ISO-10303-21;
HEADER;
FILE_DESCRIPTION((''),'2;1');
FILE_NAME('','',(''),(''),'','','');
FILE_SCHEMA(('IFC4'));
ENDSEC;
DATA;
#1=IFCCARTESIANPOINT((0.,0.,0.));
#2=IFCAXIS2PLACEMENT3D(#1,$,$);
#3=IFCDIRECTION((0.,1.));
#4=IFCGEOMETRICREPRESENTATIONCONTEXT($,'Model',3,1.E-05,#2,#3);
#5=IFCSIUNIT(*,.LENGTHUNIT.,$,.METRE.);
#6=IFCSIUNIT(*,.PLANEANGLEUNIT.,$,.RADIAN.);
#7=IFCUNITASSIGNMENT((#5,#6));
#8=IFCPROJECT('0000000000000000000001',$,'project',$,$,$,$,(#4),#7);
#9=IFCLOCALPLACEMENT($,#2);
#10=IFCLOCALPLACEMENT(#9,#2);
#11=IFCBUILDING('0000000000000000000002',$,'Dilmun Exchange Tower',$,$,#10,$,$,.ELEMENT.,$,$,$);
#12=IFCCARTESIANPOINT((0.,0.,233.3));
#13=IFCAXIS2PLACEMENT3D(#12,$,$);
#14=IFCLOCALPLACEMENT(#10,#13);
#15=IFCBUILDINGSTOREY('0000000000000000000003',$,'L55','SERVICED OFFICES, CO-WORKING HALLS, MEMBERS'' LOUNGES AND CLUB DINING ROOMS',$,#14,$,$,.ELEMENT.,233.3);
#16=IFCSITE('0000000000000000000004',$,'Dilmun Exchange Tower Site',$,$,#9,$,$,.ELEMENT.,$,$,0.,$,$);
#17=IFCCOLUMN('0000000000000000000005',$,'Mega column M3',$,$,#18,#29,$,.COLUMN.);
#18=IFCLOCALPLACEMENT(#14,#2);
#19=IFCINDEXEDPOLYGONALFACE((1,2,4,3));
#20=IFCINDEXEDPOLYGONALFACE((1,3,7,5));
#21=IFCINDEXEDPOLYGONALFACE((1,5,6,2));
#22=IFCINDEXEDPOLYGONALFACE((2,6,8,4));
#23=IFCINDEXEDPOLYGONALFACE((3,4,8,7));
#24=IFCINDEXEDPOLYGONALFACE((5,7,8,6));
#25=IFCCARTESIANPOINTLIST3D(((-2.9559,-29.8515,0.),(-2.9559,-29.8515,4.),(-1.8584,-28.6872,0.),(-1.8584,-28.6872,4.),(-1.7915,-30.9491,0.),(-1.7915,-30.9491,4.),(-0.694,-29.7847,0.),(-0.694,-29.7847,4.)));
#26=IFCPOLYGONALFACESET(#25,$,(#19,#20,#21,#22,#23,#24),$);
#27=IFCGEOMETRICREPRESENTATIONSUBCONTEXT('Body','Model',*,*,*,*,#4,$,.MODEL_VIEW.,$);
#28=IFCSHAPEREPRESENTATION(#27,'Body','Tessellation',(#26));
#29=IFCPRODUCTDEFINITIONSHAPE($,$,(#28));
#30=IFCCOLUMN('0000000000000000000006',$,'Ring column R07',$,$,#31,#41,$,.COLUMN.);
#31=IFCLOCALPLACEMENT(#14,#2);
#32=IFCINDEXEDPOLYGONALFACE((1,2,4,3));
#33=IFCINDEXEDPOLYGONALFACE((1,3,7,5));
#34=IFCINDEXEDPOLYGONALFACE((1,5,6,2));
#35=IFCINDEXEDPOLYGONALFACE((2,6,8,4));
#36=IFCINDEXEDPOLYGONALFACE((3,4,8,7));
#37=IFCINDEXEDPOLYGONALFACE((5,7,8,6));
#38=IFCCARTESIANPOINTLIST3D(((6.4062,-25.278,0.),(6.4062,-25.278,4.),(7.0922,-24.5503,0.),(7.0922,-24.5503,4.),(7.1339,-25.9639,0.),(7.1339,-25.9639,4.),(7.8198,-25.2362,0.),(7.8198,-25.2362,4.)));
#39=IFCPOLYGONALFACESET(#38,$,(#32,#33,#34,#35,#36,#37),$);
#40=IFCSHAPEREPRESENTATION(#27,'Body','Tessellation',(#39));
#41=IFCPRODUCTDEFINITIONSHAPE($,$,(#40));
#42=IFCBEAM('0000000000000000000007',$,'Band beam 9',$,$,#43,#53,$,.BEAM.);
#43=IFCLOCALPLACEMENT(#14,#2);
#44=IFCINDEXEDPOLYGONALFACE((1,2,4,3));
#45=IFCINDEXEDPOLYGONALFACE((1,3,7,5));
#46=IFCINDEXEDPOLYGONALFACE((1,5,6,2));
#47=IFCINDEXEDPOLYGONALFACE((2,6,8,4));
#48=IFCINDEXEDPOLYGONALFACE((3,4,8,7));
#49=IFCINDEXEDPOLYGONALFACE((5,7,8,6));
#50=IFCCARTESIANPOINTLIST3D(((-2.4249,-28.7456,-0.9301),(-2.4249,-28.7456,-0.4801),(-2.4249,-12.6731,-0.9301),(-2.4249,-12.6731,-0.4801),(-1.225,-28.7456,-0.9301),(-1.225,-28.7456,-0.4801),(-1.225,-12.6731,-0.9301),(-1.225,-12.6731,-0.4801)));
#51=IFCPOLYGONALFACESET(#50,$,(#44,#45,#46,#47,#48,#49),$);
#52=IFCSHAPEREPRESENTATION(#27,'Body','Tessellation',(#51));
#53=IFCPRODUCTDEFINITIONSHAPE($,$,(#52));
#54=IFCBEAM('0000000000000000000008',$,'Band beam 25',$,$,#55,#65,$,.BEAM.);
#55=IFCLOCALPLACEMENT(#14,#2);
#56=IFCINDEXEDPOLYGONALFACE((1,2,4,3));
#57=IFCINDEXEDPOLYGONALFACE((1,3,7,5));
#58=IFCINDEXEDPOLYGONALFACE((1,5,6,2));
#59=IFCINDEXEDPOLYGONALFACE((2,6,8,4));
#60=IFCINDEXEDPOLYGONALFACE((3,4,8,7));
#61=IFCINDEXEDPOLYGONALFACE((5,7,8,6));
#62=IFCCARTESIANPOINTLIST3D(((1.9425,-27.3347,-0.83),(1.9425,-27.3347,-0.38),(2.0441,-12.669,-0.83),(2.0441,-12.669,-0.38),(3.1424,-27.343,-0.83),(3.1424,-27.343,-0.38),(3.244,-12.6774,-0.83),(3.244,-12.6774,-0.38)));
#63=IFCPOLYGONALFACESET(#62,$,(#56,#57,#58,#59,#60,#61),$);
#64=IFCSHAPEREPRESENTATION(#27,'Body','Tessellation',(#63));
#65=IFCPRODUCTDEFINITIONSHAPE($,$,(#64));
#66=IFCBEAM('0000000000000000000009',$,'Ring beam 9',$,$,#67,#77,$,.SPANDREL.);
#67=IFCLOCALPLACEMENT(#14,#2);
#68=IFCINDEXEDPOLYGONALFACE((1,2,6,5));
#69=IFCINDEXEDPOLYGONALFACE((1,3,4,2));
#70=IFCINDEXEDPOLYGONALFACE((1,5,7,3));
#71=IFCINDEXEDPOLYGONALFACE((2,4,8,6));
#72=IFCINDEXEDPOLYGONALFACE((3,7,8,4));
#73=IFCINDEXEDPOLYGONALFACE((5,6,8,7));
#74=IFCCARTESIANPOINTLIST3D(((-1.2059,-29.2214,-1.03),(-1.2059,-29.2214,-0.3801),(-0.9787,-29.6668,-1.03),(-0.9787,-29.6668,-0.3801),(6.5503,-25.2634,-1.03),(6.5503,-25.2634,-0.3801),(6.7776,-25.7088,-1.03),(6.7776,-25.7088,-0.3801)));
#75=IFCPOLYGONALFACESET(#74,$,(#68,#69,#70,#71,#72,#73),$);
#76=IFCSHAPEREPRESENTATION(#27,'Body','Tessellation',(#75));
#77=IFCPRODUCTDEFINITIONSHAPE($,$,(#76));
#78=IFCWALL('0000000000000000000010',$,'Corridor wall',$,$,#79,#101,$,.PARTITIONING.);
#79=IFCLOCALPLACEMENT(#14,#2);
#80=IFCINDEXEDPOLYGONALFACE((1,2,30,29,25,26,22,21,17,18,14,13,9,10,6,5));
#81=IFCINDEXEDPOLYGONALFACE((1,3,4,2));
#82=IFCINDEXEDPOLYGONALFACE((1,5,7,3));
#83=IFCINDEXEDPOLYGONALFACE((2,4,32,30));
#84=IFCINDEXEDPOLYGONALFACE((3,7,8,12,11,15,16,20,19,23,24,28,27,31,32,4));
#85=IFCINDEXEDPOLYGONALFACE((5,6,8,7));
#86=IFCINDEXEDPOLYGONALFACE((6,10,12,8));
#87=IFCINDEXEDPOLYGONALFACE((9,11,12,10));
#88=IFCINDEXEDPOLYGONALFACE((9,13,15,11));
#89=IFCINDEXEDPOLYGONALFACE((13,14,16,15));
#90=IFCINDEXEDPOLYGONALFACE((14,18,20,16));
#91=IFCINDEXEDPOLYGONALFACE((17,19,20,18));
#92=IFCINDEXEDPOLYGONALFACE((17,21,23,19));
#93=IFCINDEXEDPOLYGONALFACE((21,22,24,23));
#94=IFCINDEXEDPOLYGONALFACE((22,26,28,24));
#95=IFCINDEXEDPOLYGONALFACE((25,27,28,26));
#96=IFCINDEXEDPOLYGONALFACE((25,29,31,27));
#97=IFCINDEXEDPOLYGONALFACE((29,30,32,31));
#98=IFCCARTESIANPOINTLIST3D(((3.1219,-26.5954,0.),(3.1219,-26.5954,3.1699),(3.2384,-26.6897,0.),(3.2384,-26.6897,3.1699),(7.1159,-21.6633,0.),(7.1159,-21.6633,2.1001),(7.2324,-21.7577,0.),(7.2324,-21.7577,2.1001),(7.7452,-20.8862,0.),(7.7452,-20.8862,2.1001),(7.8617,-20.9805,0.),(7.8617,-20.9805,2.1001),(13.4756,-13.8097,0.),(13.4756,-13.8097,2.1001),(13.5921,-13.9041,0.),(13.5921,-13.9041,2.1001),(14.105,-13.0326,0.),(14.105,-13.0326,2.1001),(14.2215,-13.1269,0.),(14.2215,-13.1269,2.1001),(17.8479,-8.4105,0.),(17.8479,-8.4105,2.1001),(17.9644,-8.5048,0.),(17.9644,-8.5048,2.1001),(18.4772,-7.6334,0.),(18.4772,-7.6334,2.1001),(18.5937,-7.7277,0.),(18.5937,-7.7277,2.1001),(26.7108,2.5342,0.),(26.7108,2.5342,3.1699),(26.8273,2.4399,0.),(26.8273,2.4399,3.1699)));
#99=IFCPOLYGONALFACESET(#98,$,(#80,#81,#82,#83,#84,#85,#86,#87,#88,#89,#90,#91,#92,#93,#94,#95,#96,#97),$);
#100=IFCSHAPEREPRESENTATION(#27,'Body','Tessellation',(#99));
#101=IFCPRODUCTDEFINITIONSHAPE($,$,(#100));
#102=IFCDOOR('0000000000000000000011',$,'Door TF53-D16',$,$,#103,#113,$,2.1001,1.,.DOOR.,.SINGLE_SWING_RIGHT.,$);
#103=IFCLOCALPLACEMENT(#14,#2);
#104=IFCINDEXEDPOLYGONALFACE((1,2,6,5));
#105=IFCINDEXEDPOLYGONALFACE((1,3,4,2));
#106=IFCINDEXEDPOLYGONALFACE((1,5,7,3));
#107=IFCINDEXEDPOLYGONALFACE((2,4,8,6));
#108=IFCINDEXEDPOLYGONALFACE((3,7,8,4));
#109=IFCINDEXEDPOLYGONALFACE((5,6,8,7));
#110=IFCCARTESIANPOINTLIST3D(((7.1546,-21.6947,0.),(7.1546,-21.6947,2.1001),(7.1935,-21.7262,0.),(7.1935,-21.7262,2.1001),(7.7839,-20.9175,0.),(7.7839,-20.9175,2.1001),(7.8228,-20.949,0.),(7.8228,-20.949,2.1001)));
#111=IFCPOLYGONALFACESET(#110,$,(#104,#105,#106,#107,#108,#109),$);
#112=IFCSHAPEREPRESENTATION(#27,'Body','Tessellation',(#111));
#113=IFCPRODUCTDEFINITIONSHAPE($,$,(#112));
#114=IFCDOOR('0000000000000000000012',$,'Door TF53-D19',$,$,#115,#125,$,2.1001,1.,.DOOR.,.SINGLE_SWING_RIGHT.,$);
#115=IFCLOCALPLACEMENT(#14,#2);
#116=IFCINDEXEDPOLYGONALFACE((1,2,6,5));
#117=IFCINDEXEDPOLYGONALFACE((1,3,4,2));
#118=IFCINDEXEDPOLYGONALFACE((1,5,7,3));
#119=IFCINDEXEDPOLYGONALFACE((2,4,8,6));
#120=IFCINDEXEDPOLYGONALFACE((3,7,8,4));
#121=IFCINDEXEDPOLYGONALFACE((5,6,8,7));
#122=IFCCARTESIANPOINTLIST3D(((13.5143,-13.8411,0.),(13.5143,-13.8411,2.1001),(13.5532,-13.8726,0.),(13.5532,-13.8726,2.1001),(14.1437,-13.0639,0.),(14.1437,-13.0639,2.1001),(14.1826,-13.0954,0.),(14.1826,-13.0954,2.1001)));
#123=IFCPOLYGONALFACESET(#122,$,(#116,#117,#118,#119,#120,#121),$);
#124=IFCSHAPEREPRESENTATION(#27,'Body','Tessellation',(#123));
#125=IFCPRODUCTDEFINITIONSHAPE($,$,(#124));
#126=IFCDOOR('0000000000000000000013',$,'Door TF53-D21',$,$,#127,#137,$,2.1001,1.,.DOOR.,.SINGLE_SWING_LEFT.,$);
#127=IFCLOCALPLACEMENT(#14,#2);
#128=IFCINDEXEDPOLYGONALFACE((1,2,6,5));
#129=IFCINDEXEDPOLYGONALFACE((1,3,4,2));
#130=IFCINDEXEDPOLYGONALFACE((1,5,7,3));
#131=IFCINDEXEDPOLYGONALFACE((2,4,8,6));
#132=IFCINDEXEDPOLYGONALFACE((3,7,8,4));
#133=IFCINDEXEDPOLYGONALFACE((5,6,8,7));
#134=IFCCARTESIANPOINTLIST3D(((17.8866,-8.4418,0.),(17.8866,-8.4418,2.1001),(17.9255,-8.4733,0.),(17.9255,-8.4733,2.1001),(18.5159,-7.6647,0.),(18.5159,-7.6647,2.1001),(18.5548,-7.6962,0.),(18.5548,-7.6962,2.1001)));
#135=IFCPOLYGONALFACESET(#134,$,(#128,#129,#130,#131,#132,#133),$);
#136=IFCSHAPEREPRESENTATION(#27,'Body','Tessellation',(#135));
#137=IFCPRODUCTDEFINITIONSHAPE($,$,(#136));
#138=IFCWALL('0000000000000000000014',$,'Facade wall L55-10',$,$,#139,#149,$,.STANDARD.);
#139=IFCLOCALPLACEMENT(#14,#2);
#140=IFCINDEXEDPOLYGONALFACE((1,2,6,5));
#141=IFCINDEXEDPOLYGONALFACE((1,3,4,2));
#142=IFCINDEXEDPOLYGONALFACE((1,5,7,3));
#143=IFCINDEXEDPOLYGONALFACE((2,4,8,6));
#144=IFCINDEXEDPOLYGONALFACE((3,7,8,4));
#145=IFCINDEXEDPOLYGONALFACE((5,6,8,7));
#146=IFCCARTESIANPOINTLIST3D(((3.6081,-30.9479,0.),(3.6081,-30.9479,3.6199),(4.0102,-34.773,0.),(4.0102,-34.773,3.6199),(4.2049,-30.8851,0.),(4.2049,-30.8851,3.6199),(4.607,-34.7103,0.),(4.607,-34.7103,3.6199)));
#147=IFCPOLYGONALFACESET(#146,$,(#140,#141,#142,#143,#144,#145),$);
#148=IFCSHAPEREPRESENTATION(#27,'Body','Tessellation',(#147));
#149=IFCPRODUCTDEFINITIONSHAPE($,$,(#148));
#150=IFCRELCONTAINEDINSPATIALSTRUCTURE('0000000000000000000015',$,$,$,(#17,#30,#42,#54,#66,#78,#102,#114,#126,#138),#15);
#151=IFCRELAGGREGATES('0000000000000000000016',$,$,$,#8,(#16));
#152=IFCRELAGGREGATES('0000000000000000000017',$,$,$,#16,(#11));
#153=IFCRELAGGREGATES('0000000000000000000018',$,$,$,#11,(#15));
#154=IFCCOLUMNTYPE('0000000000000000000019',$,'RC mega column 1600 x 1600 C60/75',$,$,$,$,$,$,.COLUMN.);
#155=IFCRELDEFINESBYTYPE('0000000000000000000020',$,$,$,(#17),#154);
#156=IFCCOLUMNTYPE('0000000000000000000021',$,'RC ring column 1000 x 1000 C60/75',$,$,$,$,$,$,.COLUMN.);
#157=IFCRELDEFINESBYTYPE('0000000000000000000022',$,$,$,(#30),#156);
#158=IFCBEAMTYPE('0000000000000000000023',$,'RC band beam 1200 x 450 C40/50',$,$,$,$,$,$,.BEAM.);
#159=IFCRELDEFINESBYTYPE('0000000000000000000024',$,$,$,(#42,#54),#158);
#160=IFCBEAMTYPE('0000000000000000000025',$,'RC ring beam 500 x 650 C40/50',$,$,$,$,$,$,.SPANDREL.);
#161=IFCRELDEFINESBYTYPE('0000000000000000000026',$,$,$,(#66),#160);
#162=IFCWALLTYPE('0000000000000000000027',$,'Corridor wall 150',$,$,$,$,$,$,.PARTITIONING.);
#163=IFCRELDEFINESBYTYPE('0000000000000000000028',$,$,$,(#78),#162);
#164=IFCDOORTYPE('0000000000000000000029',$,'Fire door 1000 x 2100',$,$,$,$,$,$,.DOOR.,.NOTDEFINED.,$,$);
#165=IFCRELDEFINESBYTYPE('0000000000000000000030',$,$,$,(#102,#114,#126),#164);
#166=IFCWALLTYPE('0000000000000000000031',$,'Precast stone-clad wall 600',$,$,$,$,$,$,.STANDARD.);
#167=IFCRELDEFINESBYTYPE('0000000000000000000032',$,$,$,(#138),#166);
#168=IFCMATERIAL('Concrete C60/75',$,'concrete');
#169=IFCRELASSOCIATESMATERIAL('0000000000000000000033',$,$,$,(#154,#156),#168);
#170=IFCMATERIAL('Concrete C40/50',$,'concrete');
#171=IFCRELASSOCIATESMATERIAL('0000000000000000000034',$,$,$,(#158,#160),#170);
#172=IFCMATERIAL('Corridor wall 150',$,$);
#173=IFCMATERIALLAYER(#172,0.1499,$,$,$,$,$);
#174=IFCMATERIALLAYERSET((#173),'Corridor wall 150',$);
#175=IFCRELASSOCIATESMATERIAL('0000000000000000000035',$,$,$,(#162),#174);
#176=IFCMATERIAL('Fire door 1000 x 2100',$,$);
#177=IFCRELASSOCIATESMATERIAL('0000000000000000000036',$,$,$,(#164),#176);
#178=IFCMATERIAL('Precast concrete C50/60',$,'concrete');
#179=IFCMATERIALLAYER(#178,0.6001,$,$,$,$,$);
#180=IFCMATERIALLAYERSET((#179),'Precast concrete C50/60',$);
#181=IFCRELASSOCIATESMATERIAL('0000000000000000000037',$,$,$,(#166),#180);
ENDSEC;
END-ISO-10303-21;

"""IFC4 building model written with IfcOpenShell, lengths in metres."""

from ifc_helpers import new_model, si_unit, direction, frame, frame_2d, origin, origin_2d, place, context, subcontext, project, spatial, rectangle, extrude, material, layer, layer_set, material_profile, profile_set, type_object, element, fill, save


model = new_model("IFC4")

# Units and contexts
model_context = context("Model", 3, precision=1e-05, world=origin(), true_north=direction((0.0, 1.0)))
body_context = subcontext(model_context, "Body", "Model", "MODEL_VIEW")
ifc_project = project(units=[si_unit("LENGTHUNIT", "METRE"), si_unit("PLANEANGLEUNIT", "RADIAN")], contexts=[model_context])

# Site, building, storey
site_placement = place(None, origin())
site = spatial("IfcSite", under=ifc_project, at=site_placement, Name="Dilmun Exchange Tower Site", CompositionType="ELEMENT", RefElevation=0.0)
building_placement = place(site_placement, origin())
building = spatial("IfcBuilding", under=site, at=building_placement, Name="Dilmun Exchange Tower", CompositionType="ELEMENT")
storey_placement = place(building_placement, frame((0.0, 0.0, 233.3)))
storey = spatial("IfcBuildingStorey", under=building, at=storey_placement, Name="L55", Description="SERVICED OFFICES, CO-WORKING HALLS, MEMBERS' LOUNGES AND CLUB DINING ROOMS", CompositionType="ELEMENT", Elevation=233.3)

# Columns
ifc_material_1 = material(Name="Concrete C60/75", Category="concrete")
ifc_material_profile_1 = material_profile(ifc_material_1, rectangle(XDim=1.6001, YDim=1.6001, at=origin_2d()), Name="1600 x 1600")
ifc_profile_set_1 = profile_set([ifc_material_profile_1], Name="Concrete C60/75")
column_type_1 = type_object("IfcColumnType", Name="RC mega column 1600 x 1600 C60/75", PredefinedType="COLUMN", material=ifc_profile_set_1)
column_1_placement = place(storey_placement, frame((-1.825, -29.8181, 0.0), z_axis=(0.0, 0.0, 1.0), x_axis=(0.685916, 0.727681, 0.0)))
element("IfcColumn", 1, at=column_1_placement, inside=storey, type_object=column_type_1, Name="Mega column M3", PredefinedType="COLUMN", context=body_context, shape_type="SweptSolid", body=[
    extrude(rectangle(XDim=1.6001, YDim=1.6001, at=origin_2d()), origin(), (0.0, 0.0, 1.0), 4.0),
])
ifc_material_profile_2 = material_profile(ifc_material_1, rectangle(XDim=1.0, YDim=1.0, at=origin_2d()), Name="1000 x 1000")
ifc_profile_set_2 = profile_set([ifc_material_profile_2], Name="Concrete C60/75")
column_type_2 = type_object("IfcColumnType", Name="RC ring column 1000 x 1000 C60/75", PredefinedType="COLUMN", material=ifc_profile_set_2)
column_2_placement = place(storey_placement, frame((7.113, -25.2571, 0.0), z_axis=(0.0, 0.0, 1.0), x_axis=(0.685916, 0.727681, 0.0)))
element("IfcColumn", 2, at=column_2_placement, inside=storey, type_object=column_type_2, Name="Ring column R07", PredefinedType="COLUMN", context=body_context, shape_type="SweptSolid", body=[
    extrude(rectangle(XDim=1.0, YDim=1.0, at=origin_2d()), origin(), (0.0, 0.0, 1.0), 4.0),
])

# Beams
ifc_material_2 = material(Name="Concrete C40/50", Category="concrete")
ifc_material_profile_3 = material_profile(ifc_material_2, rectangle(XDim=1.2, YDim=0.45, at=origin_2d()), Name="1200 x 450")
ifc_profile_set_3 = profile_set([ifc_material_profile_3], Name="Concrete C40/50")
beam_type_1 = type_object("IfcBeamType", Name="RC band beam 1200 x 450 C40/50", PredefinedType="BEAM", material=ifc_profile_set_3)
beam_1_placement = place(storey_placement, frame((-1.825, -28.7456, -0.7051), z_axis=(0.0, 1.0, 0.0), x_axis=(-1.0, 0.0, 0.0)))
element("IfcBeam", 3, at=beam_1_placement, inside=storey, type_object=beam_type_1, Name="Band beam 9", PredefinedType="BEAM", context=body_context, shape_type="SweptSolid", body=[
    extrude(rectangle(XDim=1.2, YDim=0.45, at=origin_2d()), origin(), (0.0, 0.0, 1.0), 16.0725),
])
beam_2_placement = place(storey_placement, frame((2.5425, -27.3389, -0.605), z_axis=(0.006925, 0.999976, 0.0), x_axis=(-0.999976, 0.006925, 0.0)))
element("IfcBeam", 4, at=beam_2_placement, inside=storey, type_object=beam_type_1, Name="Band beam 25", PredefinedType="BEAM", context=body_context, shape_type="SweptSolid", body=[
    extrude(rectangle(XDim=1.2, YDim=0.45, at=origin_2d()), origin(), (0.0, 0.0, 1.0), 14.666),
])
ifc_material_profile_4 = material_profile(ifc_material_2, rectangle(XDim=0.5, YDim=0.6499, at=origin_2d()), Name="500 x 650")
ifc_profile_set_4 = profile_set([ifc_material_profile_4], Name="Concrete C40/50")
beam_type_2 = type_object("IfcBeamType", Name="RC ring beam 500 x 650 C40/50", PredefinedType="SPANDREL", material=ifc_profile_set_4)
beam_3_placement = place(storey_placement, frame((-1.0923, -29.4441, -0.7051), z_axis=(0.89073, 0.454533, 0.0), x_axis=(-0.454533, 0.89073, 0.0)))
element("IfcBeam", 5, at=beam_3_placement, inside=storey, type_object=beam_type_2, Name="Ring beam 9", PredefinedType="SPANDREL", context=body_context, shape_type="SweptSolid", body=[
    extrude(rectangle(XDim=0.5, YDim=0.6499, at=origin_2d()), origin(), (0.0, 0.0, 1.0), 8.7078),
])

# Wall, openings, doors
ifc_material_3 = material(Name="Corridor wall 150")
ifc_layer_1 = layer(ifc_material_3, 0.1499)
ifc_layer_set_1 = layer_set([ifc_layer_1], Name="Corridor wall 150")
wall_type_1 = type_object("IfcWallType", Name="Corridor wall 150", PredefinedType="PARTITIONING", material=ifc_layer_set_1)
wall_1_placement = place(storey_placement, frame((3.1802, -26.6426, 0.0), z_axis=(0.0, 0.0, 1.0), x_axis=(0.629323, 0.777144, 0.0)))
wall_1 = element("IfcWall", 6, at=wall_1_placement, inside=storey, type_object=wall_type_1, Name="Corridor wall", PredefinedType="PARTITIONING", context=body_context, shape_type="SweptSolid", body=[
    extrude(rectangle(XDim=37.4829, YDim=0.1499, at=frame_2d((18.7415, 0.0))), origin(), (0.0, 0.0, 1.0), 3.1699),
])
opening_1_placement = place(wall_1_placement, frame((6.3464, 0.0, 0.0)))
opening_1 = element("IfcOpeningElement", 7, at=opening_1_placement, cuts=wall_1, PredefinedType="OPENING", context=body_context, shape_type="SweptSolid", body=[
    extrude(rectangle(XDim=1.0, YDim=2.1001, at=frame_2d((0.5, 1.05))), frame((0.0, 0.085, 0.0), z_axis=(0.0, -1.0, 0.0), x_axis=(1.0, 0.0, 0.0)), (0.0, 0.0, 1.0), 0.1699),
])
opening_2_placement = place(wall_1_placement, frame((16.4521, 0.0, 0.0)))
opening_2 = element("IfcOpeningElement", 8, at=opening_2_placement, cuts=wall_1, PredefinedType="OPENING", context=body_context, shape_type="SweptSolid", body=[
    extrude(rectangle(XDim=1.0, YDim=2.1001, at=frame_2d((0.5, 1.05))), frame((0.0, 0.085, 0.0), z_axis=(0.0, -1.0, 0.0), x_axis=(1.0, 0.0, 0.0)), (0.0, 0.0, 1.0), 0.1699),
])
opening_3_placement = place(wall_1_placement, frame((23.3997, 0.0, 0.0)))
opening_3 = element("IfcOpeningElement", 9, at=opening_3_placement, cuts=wall_1, PredefinedType="OPENING", context=body_context, shape_type="SweptSolid", body=[
    extrude(rectangle(XDim=1.0, YDim=2.1001, at=frame_2d((0.5, 1.05))), frame((0.0, 0.085, 0.0), z_axis=(0.0, -1.0, 0.0), x_axis=(1.0, 0.0, 0.0)), (0.0, 0.0, 1.0), 0.1699),
])
ifc_material_4 = material(Name="Fire door 1000 x 2100")
door_type = type_object("IfcDoorType", Name="Fire door 1000 x 2100", OperationType="NOTDEFINED", PredefinedType="DOOR", material=ifc_material_4)
door_1_placement = place(opening_1_placement, frame((1.0, 0.0, 0.0), z_axis=(0.0, 0.0, 1.0), x_axis=(-1.0, 0.0, 0.0)))
door_1 = element("IfcDoor", 10, at=door_1_placement, inside=storey, type_object=door_type, Name="Door TF53-D16", OperationType="SINGLE_SWING_RIGHT", OverallHeight=2.1001, OverallWidth=1.0, PredefinedType="DOOR", context=body_context, shape_type="SweptSolid", body=[
    extrude(rectangle(XDim=1.0, YDim=2.1001, at=frame_2d((0.5, 1.05))), frame((0.0, 0.0249, 0.0), z_axis=(0.0, -1.0, 0.0), x_axis=(1.0, 0.0, 0.0)), (0.0, 0.0, 1.0), 0.05),
])
fill(opening_1, door_1)
door_2_placement = place(opening_2_placement, frame((1.0, 0.0, 0.0), z_axis=(0.0, 0.0, 1.0), x_axis=(-1.0, 0.0, 0.0)))
door_2 = element("IfcDoor", 11, at=door_2_placement, inside=storey, type_object=door_type, Name="Door TF53-D19", OperationType="SINGLE_SWING_RIGHT", OverallHeight=2.1001, OverallWidth=1.0, PredefinedType="DOOR", context=body_context, shape_type="SweptSolid", body=[
    extrude(rectangle(XDim=1.0, YDim=2.1001, at=frame_2d((0.5, 1.05))), frame((0.0, 0.0249, 0.0), z_axis=(0.0, -1.0, 0.0), x_axis=(1.0, 0.0, 0.0)), (0.0, 0.0, 1.0), 0.05),
])
fill(opening_2, door_2)
door_3_placement = place(opening_3_placement, frame((1.0, 0.0, 0.0), z_axis=(0.0, 0.0, 1.0), x_axis=(-1.0, 0.0, 0.0)))
door_3 = element("IfcDoor", 12, at=door_3_placement, inside=storey, type_object=door_type, Name="Door TF53-D21", OperationType="SINGLE_SWING_LEFT", OverallHeight=2.1001, OverallWidth=1.0, PredefinedType="DOOR", context=body_context, shape_type="SweptSolid", body=[
    extrude(rectangle(XDim=1.0, YDim=2.1001, at=frame_2d((0.5, 1.05))), frame((0.0, 0.0249, 0.0), z_axis=(0.0, -1.0, 0.0), x_axis=(1.0, 0.0, 0.0)), (0.0, 0.0, 1.0), 0.05),
])
fill(opening_3, door_3)

# Wall
ifc_material_5 = material(Name="Precast concrete C50/60", Category="concrete")
ifc_layer_2 = layer(ifc_material_5, 0.6001)
ifc_layer_set_2 = layer_set([ifc_layer_2], Name="Precast concrete C50/60")
wall_type_2 = type_object("IfcWallType", Name="Precast stone-clad wall 600", PredefinedType="STANDARD", material=ifc_layer_set_2)
wall_2_placement = place(storey_placement, frame((3.9065, -30.9165, 0.0), z_axis=(0.0, 0.0, 1.0), x_axis=(0.104543, -0.99452, 0.0)))
element("IfcWall", 13, at=wall_2_placement, inside=storey, type_object=wall_type_2, Name="Facade wall L55-10", PredefinedType="STANDARD", context=body_context, shape_type="SweptSolid", body=[
    extrude(rectangle(XDim=3.8462, YDim=0.6001, at=frame_2d((1.9231, 0.0))), origin(), (0.0, 0.0, 1.0), 3.6199),
])

save(model, "model.ifc")
